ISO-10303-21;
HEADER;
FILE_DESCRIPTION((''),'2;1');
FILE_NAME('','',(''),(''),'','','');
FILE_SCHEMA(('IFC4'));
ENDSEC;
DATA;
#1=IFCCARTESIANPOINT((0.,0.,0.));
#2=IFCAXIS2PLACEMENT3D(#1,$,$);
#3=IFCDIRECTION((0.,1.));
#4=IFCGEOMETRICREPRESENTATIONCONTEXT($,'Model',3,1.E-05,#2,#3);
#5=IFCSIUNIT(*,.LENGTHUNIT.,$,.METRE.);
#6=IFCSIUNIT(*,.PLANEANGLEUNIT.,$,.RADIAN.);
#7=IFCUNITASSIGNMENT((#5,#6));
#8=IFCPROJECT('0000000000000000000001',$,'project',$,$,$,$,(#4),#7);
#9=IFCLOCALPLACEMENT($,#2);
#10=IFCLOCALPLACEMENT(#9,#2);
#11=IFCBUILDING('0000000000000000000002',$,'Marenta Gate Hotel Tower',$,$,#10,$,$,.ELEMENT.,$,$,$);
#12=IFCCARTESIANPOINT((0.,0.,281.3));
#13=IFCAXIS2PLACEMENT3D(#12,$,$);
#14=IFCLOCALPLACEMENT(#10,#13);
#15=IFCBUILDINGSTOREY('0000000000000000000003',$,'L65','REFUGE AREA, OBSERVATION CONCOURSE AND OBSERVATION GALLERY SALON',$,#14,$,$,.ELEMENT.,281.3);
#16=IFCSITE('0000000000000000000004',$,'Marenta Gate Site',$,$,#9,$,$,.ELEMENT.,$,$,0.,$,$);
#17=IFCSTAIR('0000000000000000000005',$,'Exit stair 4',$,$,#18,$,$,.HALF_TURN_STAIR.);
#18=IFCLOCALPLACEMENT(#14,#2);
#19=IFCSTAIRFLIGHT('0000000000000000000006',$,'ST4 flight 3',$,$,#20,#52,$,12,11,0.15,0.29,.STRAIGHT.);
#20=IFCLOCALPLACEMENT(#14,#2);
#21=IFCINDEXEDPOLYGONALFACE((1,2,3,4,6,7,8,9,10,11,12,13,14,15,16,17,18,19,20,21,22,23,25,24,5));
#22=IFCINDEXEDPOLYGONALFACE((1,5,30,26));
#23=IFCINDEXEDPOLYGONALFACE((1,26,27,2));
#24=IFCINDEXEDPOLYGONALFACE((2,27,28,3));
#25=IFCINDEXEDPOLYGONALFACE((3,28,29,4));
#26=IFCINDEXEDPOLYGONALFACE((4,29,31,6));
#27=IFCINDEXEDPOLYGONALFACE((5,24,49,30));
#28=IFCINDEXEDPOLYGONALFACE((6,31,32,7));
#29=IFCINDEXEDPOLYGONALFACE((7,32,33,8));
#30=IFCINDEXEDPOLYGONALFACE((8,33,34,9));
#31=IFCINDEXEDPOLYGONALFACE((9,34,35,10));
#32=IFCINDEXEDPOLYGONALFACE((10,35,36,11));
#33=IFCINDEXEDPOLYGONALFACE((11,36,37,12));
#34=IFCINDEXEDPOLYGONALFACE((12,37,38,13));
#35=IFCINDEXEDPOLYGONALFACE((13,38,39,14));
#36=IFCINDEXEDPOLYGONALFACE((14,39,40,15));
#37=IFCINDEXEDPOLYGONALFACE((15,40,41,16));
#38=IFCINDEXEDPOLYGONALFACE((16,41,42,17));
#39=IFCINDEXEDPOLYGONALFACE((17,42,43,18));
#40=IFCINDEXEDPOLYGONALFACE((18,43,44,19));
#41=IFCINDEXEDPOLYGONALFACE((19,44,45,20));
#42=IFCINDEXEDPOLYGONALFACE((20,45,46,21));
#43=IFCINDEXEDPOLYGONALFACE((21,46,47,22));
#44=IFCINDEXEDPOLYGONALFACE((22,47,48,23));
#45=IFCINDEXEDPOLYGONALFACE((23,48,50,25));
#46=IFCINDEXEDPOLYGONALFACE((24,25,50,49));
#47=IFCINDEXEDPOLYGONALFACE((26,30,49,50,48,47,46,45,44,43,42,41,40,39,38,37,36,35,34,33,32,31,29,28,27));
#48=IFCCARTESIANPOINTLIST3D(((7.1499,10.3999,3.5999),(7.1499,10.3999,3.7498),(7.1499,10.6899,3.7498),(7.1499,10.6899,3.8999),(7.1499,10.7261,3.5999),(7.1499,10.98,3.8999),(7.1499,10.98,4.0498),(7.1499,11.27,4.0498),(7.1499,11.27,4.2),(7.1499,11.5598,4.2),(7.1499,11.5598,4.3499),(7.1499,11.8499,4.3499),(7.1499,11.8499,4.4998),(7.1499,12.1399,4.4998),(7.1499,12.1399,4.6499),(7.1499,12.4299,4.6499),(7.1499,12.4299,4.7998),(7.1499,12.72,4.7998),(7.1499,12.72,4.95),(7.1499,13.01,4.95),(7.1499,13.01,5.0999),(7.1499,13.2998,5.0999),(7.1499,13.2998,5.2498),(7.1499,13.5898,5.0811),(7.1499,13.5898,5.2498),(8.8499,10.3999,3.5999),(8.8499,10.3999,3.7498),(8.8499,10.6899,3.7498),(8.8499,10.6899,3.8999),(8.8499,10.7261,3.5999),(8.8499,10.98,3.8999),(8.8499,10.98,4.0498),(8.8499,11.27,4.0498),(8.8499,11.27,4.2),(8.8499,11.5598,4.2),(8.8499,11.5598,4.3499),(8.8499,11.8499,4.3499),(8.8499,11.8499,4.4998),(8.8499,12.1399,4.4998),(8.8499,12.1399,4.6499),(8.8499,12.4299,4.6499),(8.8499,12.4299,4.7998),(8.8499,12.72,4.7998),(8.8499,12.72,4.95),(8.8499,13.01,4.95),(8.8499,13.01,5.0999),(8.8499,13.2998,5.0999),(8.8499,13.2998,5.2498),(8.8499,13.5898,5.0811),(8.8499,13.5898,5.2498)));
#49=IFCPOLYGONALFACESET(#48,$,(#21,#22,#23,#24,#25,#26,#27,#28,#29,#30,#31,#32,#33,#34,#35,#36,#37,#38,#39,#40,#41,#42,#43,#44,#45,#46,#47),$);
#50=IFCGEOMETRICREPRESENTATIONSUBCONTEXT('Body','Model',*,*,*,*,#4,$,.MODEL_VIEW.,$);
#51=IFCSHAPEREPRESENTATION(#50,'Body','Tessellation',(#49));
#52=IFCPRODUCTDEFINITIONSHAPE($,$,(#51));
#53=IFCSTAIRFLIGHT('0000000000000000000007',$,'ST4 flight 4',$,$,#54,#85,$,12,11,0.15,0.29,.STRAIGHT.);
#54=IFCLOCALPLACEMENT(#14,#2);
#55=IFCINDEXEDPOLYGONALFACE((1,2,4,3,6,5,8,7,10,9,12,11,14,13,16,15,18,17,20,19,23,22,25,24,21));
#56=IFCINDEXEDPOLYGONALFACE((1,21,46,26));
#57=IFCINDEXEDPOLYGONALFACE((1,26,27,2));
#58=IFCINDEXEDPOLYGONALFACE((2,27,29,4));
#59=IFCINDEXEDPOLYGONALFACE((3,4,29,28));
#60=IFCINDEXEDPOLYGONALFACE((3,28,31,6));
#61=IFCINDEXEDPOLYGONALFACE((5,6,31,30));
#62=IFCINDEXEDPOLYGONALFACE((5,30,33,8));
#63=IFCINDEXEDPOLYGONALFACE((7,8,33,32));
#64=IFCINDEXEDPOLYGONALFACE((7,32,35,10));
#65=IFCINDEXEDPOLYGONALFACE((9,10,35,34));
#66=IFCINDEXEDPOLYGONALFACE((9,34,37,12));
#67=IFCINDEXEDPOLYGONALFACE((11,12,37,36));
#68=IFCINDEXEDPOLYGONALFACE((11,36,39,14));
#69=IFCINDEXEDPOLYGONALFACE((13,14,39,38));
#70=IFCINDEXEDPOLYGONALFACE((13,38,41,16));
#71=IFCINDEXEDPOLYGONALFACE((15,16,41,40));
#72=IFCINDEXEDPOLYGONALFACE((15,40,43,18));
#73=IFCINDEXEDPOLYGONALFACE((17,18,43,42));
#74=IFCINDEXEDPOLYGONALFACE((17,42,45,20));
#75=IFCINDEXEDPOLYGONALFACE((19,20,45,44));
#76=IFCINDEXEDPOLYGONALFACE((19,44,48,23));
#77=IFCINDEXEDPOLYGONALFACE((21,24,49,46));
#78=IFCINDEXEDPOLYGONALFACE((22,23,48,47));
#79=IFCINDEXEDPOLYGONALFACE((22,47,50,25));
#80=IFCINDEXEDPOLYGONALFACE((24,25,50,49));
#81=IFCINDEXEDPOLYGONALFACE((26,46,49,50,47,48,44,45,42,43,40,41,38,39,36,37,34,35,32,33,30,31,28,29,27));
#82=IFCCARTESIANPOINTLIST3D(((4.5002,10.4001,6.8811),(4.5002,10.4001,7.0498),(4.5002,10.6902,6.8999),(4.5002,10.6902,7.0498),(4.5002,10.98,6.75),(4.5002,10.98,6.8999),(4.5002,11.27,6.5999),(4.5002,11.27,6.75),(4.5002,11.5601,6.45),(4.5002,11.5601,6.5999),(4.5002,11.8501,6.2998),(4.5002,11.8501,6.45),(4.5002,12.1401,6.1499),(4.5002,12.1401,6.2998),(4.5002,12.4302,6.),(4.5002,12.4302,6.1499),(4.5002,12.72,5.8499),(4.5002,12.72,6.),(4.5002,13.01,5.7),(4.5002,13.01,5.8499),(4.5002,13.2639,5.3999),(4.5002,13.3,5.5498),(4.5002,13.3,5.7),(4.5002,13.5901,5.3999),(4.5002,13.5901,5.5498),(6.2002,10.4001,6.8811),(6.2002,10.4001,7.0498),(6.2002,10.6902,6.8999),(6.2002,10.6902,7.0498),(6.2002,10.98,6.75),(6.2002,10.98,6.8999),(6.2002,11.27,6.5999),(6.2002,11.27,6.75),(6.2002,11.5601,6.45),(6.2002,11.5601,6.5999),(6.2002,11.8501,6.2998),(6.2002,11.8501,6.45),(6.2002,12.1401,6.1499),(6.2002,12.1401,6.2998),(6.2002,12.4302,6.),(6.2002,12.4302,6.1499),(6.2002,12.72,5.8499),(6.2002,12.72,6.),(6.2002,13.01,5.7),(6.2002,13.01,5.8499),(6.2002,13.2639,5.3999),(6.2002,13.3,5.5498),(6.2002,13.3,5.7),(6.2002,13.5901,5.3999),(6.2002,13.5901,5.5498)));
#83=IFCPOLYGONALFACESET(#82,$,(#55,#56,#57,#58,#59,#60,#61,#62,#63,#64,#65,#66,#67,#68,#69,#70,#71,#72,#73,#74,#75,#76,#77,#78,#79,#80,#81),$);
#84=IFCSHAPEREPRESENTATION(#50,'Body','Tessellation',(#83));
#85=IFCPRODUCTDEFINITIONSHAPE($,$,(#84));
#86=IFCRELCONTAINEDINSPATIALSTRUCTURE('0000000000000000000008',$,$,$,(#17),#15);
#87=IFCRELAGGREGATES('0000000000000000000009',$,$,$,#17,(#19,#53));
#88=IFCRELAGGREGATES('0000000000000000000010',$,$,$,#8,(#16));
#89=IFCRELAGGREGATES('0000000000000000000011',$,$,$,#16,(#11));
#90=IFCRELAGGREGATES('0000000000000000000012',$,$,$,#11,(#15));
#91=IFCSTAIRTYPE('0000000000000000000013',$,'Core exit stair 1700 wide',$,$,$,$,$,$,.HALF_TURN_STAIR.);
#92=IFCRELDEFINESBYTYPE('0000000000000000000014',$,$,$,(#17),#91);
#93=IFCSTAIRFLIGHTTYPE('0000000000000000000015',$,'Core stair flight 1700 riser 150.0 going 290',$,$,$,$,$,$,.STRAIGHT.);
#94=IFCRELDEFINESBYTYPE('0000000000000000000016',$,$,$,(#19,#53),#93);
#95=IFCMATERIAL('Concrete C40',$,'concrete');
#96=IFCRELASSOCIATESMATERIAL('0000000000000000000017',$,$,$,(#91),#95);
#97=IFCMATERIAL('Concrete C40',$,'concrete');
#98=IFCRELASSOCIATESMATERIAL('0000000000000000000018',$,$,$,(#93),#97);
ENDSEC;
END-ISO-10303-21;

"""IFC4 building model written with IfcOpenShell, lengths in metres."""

from ifc_helpers import new_model, si_unit, direction, frame, origin, place, context, subcontext, project, spatial, polyline, outline, extrude, material, type_object, element, aggregate, save


model = new_model("IFC4")

# Units and contexts
model_context = context("Model", 3, precision=1e-05, world=origin(), true_north=direction((0.0, 1.0)))
body_context = subcontext(model_context, "Body", "Model", "MODEL_VIEW")
ifc_project = project(units=[si_unit("LENGTHUNIT", "METRE"), si_unit("PLANEANGLEUNIT", "RADIAN")], contexts=[model_context])

# Site, building, storey
site_placement = place(None, origin())
site = spatial("IfcSite", under=ifc_project, at=site_placement, Name="Marenta Gate Site", CompositionType="ELEMENT", RefElevation=0.0)
building_placement = place(site_placement, origin())
building = spatial("IfcBuilding", under=site, at=building_placement, Name="Marenta Gate Hotel Tower", CompositionType="ELEMENT")
storey_placement = place(building_placement, frame((0.0, 0.0, 281.3)))
storey = spatial("IfcBuildingStorey", under=building, at=storey_placement, Name="L65", Description="REFUGE AREA, OBSERVATION CONCOURSE AND OBSERVATION GALLERY SALON", CompositionType="ELEMENT", Elevation=281.3)

# Stair, stair flights
ifc_material_1 = material(Name="Concrete C40", Category="concrete")
stair_type = type_object("IfcStairType", Name="Core exit stair 1700 wide", PredefinedType="HALF_TURN_STAIR", material=ifc_material_1)
stair_placement = place(storey_placement, origin())
stair = element("IfcStair", 1, at=stair_placement, inside=storey, type_object=stair_type, Name="Exit stair 4", PredefinedType="HALF_TURN_STAIR")
ifc_material_2 = material(Name="Concrete C40", Category="concrete")
stair_flight_type = type_object("IfcStairFlightType", Name="Core stair flight 1700 riser 150.0 going 290", PredefinedType="STRAIGHT", material=ifc_material_2)
stair_flight_1_placement = place(storey_placement, frame((8.0, 10.3999, 3.5999), z_axis=(0.0, 0.0, 1.0), x_axis=(0.0, 1.0, 0.0)))
stair_flight_1 = element("IfcStairFlight", 2, at=stair_flight_1_placement, type_object=stair_flight_type, Name="ST4 flight 3", NumberOfRisers=12, NumberOfTreads=11, PredefinedType="STRAIGHT", RiserHeight=0.15, TreadLength=0.29, context=body_context, shape_type="SweptSolid", body=[
    extrude(outline(polyline([(0.0, 0.0), (0.0, 0.1499), (0.29, 0.1499), (0.29, 0.3), (0.5801, 0.3), (0.5801, 0.45), (0.8701, 0.45), (0.8701, 0.6001), (1.1599, 0.6001), (1.1599, 0.75), (1.45, 0.75), (1.45, 0.8999), (1.74, 0.8999), (1.74, 1.05), (2.03, 1.05), (2.03, 1.2), (2.3201, 1.2), (2.3201, 1.3501), (2.6101, 1.3501), (2.6101, 1.5), (2.8999, 1.5), (2.8999, 1.6499), (3.1899, 1.6499), (3.1899, 1.8), (3.1899, 1.4812), (0.3262, 0.0), (0.0, 0.0)])), frame((0.0, 0.8501, 0.0), z_axis=(0.0, -1.0, 0.0), x_axis=(1.0, 0.0, 0.0)), (0.0, 0.0, 1.0), 1.7),
])
stair_flight_2_placement = place(storey_placement, frame((5.3501, 13.5901, 5.3999), z_axis=(0.0, 0.0, 1.0), x_axis=(0.0, -1.0, 0.0)))
stair_flight_2 = element("IfcStairFlight", 3, at=stair_flight_2_placement, type_object=stair_flight_type, Name="ST4 flight 4", NumberOfRisers=12, NumberOfTreads=11, PredefinedType="STRAIGHT", RiserHeight=0.15, TreadLength=0.29, context=body_context, shape_type="SweptSolid", body=[
    extrude(outline(polyline([(0.0, 0.0), (0.0, 0.1499), (0.29, 0.1499), (0.29, 0.3), (0.5801, 0.3), (0.5801, 0.45), (0.8701, 0.45), (0.8701, 0.6001), (1.1599, 0.6001), (1.1599, 0.75), (1.45, 0.75), (1.45, 0.8999), (1.74, 0.8999), (1.74, 1.05), (2.03, 1.05), (2.03, 1.2), (2.3201, 1.2), (2.3201, 1.3501), (2.6101, 1.3501), (2.6101, 1.5), (2.8999, 1.5), (2.8999, 1.6499), (3.1899, 1.6499), (3.1899, 1.8), (3.1899, 1.4812), (0.3262, 0.0), (0.0, 0.0)])), frame((0.0, 0.8501, 0.0), z_axis=(0.0, -1.0, 0.0), x_axis=(1.0, 0.0, 0.0)), (0.0, 0.0, 1.0), 1.7),
])
aggregate(stair, [stair_flight_1, stair_flight_2])

save(model, "model.ifc")
